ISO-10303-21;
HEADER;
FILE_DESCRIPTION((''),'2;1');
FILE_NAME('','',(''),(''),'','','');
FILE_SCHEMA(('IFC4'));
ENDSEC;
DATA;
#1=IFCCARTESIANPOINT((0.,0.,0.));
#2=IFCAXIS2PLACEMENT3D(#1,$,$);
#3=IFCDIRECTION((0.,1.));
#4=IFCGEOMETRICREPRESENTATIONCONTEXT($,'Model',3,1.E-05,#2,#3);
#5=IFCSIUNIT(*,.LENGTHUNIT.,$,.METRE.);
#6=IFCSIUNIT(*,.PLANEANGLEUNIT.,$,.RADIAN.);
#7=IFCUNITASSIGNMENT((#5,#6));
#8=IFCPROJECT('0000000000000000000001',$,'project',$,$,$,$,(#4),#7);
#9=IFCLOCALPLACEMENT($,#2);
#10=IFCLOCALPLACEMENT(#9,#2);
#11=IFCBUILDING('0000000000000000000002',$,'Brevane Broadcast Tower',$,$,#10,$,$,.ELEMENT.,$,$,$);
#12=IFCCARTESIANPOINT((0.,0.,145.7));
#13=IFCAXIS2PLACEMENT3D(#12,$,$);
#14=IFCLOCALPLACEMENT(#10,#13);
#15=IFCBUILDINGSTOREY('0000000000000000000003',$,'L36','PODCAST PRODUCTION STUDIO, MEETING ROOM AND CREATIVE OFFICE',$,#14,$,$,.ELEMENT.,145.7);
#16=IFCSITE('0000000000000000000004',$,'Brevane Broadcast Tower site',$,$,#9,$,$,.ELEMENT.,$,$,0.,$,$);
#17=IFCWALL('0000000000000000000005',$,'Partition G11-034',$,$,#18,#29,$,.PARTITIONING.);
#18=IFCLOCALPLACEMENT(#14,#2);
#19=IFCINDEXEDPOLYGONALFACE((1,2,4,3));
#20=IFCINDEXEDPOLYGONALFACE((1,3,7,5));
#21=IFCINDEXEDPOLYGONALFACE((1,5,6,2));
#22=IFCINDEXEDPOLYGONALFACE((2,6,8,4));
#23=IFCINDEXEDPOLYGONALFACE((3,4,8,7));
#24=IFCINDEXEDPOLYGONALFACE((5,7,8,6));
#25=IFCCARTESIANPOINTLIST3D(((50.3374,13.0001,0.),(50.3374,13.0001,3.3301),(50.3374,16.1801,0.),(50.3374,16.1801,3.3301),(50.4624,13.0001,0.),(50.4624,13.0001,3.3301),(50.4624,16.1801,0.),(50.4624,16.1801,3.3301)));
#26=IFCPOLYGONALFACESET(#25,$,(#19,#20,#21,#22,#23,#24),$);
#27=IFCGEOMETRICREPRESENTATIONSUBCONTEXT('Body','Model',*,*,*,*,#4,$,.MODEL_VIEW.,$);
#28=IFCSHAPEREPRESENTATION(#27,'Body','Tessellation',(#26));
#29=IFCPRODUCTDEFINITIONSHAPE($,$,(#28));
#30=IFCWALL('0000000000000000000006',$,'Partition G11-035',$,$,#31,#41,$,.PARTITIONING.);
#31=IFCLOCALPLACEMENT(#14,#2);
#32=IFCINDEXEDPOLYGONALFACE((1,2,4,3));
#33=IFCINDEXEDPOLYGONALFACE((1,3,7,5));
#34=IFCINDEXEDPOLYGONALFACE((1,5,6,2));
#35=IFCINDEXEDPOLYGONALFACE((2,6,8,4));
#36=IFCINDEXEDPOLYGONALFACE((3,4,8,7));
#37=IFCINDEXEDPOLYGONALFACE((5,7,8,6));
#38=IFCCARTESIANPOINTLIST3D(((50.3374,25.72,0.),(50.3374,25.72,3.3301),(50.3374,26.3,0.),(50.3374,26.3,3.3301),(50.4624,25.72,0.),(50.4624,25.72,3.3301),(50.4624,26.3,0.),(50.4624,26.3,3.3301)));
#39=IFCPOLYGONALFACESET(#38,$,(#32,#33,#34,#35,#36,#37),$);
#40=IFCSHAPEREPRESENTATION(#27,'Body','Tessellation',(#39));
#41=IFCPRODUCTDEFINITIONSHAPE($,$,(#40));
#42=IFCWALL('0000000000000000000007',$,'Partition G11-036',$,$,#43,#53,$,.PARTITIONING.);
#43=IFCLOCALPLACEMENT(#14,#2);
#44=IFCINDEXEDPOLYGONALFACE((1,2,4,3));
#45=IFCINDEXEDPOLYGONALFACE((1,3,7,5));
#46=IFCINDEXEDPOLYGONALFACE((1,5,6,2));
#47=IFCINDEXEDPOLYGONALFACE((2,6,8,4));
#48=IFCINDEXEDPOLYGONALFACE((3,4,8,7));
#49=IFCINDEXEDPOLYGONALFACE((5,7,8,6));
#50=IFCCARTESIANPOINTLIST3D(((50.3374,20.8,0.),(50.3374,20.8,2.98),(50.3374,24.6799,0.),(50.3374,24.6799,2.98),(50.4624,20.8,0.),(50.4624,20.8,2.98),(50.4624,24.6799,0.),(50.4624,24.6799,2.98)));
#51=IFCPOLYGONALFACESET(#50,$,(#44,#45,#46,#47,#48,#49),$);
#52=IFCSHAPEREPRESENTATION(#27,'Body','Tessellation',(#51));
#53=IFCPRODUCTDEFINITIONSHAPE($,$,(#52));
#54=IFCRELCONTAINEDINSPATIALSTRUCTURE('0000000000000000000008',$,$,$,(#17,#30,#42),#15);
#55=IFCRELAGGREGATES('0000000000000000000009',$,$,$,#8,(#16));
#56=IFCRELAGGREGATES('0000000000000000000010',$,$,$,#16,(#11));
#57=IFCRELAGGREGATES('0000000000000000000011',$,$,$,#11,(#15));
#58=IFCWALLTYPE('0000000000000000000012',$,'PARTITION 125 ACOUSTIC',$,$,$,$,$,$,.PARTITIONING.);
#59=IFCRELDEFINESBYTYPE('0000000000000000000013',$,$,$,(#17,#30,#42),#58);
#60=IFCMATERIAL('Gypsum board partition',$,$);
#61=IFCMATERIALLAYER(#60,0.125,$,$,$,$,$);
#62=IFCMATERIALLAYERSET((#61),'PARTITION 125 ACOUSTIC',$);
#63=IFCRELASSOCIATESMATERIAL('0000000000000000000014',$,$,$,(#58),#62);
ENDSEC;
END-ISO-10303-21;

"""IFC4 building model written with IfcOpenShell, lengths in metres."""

from ifc_helpers import new_model, si_unit, direction, frame, frame_2d, origin, place, context, subcontext, project, spatial, rectangle, extrude, material, layer, layer_set, type_object, element, save


model = new_model("IFC4")

# Units and contexts
model_context = context("Model", 3, precision=1e-05, world=origin(), true_north=direction((0.0, 1.0)))
body_context = subcontext(model_context, "Body", "Model", "MODEL_VIEW")
ifc_project = project(units=[si_unit("LENGTHUNIT", "METRE"), si_unit("PLANEANGLEUNIT", "RADIAN")], contexts=[model_context])

# Site, building, storey
site_placement = place(None, origin())
site = spatial("IfcSite", under=ifc_project, at=site_placement, Name="Brevane Broadcast Tower site", CompositionType="ELEMENT", RefElevation=0.0)
building_placement = place(site_placement, origin())
building = spatial("IfcBuilding", under=site, at=building_placement, Name="Brevane Broadcast Tower", CompositionType="ELEMENT")
storey_placement = place(building_placement, frame((0.0, 0.0, 145.7)))
storey = spatial("IfcBuildingStorey", under=building, at=storey_placement, Name="L36", Description="PODCAST PRODUCTION STUDIO, MEETING ROOM AND CREATIVE OFFICE", CompositionType="ELEMENT", Elevation=145.7)

# Shared definitions
ifc_material_1 = material(Name="Gypsum board partition")

# Walls
ifc_layer_1 = layer(ifc_material_1, 0.125)
ifc_layer_set_1 = layer_set([ifc_layer_1], Name="PARTITION 125 ACOUSTIC")
wall_type_1 = type_object("IfcWallType", Name="PARTITION 125 ACOUSTIC", PredefinedType="PARTITIONING", material=ifc_layer_set_1)
wall_1_placement = place(storey_placement, frame((50.3999, 16.1799, 0.0), z_axis=(0.0, 0.0, 1.0), x_axis=(0.0, -1.0, 0.0)))
element("IfcWall", 1, at=wall_1_placement, inside=storey, type_object=wall_type_1, Name="Partition G11-034", PredefinedType="PARTITIONING", context=body_context, shape_type="SweptSolid", body=[
    extrude(rectangle(XDim=3.1799, YDim=0.125, at=frame_2d((1.5898, 0.0))), origin(), (0.0, 0.0, 1.0), 3.3301),
])
wall_2_placement = place(storey_placement, frame((50.3999, 26.3, 0.0), z_axis=(0.0, 0.0, 1.0), x_axis=(0.0, -1.0, 0.0)))
element("IfcWall", 2, at=wall_2_placement, inside=storey, type_object=wall_type_1, Name="Partition G11-035", PredefinedType="PARTITIONING", context=body_context, shape_type="SweptSolid", body=[
    extrude(rectangle(XDim=0.5801, YDim=0.125, at=frame_2d((0.29, 0.0))), origin(), (0.0, 0.0, 1.0), 3.3301),
])
wall_3_placement = place(storey_placement, frame((50.3999, 24.6799, 0.0), z_axis=(0.0, 0.0, 1.0), x_axis=(0.0, -1.0, 0.0)))
element("IfcWall", 3, at=wall_3_placement, inside=storey, type_object=wall_type_1, Name="Partition G11-036", PredefinedType="PARTITIONING", context=body_context, shape_type="SweptSolid", body=[
    extrude(rectangle(XDim=3.8799, YDim=0.125, at=frame_2d((1.9399, 0.0))), origin(), (0.0, 0.0, 1.0), 2.98),
])

save(model, "model.ifc")
